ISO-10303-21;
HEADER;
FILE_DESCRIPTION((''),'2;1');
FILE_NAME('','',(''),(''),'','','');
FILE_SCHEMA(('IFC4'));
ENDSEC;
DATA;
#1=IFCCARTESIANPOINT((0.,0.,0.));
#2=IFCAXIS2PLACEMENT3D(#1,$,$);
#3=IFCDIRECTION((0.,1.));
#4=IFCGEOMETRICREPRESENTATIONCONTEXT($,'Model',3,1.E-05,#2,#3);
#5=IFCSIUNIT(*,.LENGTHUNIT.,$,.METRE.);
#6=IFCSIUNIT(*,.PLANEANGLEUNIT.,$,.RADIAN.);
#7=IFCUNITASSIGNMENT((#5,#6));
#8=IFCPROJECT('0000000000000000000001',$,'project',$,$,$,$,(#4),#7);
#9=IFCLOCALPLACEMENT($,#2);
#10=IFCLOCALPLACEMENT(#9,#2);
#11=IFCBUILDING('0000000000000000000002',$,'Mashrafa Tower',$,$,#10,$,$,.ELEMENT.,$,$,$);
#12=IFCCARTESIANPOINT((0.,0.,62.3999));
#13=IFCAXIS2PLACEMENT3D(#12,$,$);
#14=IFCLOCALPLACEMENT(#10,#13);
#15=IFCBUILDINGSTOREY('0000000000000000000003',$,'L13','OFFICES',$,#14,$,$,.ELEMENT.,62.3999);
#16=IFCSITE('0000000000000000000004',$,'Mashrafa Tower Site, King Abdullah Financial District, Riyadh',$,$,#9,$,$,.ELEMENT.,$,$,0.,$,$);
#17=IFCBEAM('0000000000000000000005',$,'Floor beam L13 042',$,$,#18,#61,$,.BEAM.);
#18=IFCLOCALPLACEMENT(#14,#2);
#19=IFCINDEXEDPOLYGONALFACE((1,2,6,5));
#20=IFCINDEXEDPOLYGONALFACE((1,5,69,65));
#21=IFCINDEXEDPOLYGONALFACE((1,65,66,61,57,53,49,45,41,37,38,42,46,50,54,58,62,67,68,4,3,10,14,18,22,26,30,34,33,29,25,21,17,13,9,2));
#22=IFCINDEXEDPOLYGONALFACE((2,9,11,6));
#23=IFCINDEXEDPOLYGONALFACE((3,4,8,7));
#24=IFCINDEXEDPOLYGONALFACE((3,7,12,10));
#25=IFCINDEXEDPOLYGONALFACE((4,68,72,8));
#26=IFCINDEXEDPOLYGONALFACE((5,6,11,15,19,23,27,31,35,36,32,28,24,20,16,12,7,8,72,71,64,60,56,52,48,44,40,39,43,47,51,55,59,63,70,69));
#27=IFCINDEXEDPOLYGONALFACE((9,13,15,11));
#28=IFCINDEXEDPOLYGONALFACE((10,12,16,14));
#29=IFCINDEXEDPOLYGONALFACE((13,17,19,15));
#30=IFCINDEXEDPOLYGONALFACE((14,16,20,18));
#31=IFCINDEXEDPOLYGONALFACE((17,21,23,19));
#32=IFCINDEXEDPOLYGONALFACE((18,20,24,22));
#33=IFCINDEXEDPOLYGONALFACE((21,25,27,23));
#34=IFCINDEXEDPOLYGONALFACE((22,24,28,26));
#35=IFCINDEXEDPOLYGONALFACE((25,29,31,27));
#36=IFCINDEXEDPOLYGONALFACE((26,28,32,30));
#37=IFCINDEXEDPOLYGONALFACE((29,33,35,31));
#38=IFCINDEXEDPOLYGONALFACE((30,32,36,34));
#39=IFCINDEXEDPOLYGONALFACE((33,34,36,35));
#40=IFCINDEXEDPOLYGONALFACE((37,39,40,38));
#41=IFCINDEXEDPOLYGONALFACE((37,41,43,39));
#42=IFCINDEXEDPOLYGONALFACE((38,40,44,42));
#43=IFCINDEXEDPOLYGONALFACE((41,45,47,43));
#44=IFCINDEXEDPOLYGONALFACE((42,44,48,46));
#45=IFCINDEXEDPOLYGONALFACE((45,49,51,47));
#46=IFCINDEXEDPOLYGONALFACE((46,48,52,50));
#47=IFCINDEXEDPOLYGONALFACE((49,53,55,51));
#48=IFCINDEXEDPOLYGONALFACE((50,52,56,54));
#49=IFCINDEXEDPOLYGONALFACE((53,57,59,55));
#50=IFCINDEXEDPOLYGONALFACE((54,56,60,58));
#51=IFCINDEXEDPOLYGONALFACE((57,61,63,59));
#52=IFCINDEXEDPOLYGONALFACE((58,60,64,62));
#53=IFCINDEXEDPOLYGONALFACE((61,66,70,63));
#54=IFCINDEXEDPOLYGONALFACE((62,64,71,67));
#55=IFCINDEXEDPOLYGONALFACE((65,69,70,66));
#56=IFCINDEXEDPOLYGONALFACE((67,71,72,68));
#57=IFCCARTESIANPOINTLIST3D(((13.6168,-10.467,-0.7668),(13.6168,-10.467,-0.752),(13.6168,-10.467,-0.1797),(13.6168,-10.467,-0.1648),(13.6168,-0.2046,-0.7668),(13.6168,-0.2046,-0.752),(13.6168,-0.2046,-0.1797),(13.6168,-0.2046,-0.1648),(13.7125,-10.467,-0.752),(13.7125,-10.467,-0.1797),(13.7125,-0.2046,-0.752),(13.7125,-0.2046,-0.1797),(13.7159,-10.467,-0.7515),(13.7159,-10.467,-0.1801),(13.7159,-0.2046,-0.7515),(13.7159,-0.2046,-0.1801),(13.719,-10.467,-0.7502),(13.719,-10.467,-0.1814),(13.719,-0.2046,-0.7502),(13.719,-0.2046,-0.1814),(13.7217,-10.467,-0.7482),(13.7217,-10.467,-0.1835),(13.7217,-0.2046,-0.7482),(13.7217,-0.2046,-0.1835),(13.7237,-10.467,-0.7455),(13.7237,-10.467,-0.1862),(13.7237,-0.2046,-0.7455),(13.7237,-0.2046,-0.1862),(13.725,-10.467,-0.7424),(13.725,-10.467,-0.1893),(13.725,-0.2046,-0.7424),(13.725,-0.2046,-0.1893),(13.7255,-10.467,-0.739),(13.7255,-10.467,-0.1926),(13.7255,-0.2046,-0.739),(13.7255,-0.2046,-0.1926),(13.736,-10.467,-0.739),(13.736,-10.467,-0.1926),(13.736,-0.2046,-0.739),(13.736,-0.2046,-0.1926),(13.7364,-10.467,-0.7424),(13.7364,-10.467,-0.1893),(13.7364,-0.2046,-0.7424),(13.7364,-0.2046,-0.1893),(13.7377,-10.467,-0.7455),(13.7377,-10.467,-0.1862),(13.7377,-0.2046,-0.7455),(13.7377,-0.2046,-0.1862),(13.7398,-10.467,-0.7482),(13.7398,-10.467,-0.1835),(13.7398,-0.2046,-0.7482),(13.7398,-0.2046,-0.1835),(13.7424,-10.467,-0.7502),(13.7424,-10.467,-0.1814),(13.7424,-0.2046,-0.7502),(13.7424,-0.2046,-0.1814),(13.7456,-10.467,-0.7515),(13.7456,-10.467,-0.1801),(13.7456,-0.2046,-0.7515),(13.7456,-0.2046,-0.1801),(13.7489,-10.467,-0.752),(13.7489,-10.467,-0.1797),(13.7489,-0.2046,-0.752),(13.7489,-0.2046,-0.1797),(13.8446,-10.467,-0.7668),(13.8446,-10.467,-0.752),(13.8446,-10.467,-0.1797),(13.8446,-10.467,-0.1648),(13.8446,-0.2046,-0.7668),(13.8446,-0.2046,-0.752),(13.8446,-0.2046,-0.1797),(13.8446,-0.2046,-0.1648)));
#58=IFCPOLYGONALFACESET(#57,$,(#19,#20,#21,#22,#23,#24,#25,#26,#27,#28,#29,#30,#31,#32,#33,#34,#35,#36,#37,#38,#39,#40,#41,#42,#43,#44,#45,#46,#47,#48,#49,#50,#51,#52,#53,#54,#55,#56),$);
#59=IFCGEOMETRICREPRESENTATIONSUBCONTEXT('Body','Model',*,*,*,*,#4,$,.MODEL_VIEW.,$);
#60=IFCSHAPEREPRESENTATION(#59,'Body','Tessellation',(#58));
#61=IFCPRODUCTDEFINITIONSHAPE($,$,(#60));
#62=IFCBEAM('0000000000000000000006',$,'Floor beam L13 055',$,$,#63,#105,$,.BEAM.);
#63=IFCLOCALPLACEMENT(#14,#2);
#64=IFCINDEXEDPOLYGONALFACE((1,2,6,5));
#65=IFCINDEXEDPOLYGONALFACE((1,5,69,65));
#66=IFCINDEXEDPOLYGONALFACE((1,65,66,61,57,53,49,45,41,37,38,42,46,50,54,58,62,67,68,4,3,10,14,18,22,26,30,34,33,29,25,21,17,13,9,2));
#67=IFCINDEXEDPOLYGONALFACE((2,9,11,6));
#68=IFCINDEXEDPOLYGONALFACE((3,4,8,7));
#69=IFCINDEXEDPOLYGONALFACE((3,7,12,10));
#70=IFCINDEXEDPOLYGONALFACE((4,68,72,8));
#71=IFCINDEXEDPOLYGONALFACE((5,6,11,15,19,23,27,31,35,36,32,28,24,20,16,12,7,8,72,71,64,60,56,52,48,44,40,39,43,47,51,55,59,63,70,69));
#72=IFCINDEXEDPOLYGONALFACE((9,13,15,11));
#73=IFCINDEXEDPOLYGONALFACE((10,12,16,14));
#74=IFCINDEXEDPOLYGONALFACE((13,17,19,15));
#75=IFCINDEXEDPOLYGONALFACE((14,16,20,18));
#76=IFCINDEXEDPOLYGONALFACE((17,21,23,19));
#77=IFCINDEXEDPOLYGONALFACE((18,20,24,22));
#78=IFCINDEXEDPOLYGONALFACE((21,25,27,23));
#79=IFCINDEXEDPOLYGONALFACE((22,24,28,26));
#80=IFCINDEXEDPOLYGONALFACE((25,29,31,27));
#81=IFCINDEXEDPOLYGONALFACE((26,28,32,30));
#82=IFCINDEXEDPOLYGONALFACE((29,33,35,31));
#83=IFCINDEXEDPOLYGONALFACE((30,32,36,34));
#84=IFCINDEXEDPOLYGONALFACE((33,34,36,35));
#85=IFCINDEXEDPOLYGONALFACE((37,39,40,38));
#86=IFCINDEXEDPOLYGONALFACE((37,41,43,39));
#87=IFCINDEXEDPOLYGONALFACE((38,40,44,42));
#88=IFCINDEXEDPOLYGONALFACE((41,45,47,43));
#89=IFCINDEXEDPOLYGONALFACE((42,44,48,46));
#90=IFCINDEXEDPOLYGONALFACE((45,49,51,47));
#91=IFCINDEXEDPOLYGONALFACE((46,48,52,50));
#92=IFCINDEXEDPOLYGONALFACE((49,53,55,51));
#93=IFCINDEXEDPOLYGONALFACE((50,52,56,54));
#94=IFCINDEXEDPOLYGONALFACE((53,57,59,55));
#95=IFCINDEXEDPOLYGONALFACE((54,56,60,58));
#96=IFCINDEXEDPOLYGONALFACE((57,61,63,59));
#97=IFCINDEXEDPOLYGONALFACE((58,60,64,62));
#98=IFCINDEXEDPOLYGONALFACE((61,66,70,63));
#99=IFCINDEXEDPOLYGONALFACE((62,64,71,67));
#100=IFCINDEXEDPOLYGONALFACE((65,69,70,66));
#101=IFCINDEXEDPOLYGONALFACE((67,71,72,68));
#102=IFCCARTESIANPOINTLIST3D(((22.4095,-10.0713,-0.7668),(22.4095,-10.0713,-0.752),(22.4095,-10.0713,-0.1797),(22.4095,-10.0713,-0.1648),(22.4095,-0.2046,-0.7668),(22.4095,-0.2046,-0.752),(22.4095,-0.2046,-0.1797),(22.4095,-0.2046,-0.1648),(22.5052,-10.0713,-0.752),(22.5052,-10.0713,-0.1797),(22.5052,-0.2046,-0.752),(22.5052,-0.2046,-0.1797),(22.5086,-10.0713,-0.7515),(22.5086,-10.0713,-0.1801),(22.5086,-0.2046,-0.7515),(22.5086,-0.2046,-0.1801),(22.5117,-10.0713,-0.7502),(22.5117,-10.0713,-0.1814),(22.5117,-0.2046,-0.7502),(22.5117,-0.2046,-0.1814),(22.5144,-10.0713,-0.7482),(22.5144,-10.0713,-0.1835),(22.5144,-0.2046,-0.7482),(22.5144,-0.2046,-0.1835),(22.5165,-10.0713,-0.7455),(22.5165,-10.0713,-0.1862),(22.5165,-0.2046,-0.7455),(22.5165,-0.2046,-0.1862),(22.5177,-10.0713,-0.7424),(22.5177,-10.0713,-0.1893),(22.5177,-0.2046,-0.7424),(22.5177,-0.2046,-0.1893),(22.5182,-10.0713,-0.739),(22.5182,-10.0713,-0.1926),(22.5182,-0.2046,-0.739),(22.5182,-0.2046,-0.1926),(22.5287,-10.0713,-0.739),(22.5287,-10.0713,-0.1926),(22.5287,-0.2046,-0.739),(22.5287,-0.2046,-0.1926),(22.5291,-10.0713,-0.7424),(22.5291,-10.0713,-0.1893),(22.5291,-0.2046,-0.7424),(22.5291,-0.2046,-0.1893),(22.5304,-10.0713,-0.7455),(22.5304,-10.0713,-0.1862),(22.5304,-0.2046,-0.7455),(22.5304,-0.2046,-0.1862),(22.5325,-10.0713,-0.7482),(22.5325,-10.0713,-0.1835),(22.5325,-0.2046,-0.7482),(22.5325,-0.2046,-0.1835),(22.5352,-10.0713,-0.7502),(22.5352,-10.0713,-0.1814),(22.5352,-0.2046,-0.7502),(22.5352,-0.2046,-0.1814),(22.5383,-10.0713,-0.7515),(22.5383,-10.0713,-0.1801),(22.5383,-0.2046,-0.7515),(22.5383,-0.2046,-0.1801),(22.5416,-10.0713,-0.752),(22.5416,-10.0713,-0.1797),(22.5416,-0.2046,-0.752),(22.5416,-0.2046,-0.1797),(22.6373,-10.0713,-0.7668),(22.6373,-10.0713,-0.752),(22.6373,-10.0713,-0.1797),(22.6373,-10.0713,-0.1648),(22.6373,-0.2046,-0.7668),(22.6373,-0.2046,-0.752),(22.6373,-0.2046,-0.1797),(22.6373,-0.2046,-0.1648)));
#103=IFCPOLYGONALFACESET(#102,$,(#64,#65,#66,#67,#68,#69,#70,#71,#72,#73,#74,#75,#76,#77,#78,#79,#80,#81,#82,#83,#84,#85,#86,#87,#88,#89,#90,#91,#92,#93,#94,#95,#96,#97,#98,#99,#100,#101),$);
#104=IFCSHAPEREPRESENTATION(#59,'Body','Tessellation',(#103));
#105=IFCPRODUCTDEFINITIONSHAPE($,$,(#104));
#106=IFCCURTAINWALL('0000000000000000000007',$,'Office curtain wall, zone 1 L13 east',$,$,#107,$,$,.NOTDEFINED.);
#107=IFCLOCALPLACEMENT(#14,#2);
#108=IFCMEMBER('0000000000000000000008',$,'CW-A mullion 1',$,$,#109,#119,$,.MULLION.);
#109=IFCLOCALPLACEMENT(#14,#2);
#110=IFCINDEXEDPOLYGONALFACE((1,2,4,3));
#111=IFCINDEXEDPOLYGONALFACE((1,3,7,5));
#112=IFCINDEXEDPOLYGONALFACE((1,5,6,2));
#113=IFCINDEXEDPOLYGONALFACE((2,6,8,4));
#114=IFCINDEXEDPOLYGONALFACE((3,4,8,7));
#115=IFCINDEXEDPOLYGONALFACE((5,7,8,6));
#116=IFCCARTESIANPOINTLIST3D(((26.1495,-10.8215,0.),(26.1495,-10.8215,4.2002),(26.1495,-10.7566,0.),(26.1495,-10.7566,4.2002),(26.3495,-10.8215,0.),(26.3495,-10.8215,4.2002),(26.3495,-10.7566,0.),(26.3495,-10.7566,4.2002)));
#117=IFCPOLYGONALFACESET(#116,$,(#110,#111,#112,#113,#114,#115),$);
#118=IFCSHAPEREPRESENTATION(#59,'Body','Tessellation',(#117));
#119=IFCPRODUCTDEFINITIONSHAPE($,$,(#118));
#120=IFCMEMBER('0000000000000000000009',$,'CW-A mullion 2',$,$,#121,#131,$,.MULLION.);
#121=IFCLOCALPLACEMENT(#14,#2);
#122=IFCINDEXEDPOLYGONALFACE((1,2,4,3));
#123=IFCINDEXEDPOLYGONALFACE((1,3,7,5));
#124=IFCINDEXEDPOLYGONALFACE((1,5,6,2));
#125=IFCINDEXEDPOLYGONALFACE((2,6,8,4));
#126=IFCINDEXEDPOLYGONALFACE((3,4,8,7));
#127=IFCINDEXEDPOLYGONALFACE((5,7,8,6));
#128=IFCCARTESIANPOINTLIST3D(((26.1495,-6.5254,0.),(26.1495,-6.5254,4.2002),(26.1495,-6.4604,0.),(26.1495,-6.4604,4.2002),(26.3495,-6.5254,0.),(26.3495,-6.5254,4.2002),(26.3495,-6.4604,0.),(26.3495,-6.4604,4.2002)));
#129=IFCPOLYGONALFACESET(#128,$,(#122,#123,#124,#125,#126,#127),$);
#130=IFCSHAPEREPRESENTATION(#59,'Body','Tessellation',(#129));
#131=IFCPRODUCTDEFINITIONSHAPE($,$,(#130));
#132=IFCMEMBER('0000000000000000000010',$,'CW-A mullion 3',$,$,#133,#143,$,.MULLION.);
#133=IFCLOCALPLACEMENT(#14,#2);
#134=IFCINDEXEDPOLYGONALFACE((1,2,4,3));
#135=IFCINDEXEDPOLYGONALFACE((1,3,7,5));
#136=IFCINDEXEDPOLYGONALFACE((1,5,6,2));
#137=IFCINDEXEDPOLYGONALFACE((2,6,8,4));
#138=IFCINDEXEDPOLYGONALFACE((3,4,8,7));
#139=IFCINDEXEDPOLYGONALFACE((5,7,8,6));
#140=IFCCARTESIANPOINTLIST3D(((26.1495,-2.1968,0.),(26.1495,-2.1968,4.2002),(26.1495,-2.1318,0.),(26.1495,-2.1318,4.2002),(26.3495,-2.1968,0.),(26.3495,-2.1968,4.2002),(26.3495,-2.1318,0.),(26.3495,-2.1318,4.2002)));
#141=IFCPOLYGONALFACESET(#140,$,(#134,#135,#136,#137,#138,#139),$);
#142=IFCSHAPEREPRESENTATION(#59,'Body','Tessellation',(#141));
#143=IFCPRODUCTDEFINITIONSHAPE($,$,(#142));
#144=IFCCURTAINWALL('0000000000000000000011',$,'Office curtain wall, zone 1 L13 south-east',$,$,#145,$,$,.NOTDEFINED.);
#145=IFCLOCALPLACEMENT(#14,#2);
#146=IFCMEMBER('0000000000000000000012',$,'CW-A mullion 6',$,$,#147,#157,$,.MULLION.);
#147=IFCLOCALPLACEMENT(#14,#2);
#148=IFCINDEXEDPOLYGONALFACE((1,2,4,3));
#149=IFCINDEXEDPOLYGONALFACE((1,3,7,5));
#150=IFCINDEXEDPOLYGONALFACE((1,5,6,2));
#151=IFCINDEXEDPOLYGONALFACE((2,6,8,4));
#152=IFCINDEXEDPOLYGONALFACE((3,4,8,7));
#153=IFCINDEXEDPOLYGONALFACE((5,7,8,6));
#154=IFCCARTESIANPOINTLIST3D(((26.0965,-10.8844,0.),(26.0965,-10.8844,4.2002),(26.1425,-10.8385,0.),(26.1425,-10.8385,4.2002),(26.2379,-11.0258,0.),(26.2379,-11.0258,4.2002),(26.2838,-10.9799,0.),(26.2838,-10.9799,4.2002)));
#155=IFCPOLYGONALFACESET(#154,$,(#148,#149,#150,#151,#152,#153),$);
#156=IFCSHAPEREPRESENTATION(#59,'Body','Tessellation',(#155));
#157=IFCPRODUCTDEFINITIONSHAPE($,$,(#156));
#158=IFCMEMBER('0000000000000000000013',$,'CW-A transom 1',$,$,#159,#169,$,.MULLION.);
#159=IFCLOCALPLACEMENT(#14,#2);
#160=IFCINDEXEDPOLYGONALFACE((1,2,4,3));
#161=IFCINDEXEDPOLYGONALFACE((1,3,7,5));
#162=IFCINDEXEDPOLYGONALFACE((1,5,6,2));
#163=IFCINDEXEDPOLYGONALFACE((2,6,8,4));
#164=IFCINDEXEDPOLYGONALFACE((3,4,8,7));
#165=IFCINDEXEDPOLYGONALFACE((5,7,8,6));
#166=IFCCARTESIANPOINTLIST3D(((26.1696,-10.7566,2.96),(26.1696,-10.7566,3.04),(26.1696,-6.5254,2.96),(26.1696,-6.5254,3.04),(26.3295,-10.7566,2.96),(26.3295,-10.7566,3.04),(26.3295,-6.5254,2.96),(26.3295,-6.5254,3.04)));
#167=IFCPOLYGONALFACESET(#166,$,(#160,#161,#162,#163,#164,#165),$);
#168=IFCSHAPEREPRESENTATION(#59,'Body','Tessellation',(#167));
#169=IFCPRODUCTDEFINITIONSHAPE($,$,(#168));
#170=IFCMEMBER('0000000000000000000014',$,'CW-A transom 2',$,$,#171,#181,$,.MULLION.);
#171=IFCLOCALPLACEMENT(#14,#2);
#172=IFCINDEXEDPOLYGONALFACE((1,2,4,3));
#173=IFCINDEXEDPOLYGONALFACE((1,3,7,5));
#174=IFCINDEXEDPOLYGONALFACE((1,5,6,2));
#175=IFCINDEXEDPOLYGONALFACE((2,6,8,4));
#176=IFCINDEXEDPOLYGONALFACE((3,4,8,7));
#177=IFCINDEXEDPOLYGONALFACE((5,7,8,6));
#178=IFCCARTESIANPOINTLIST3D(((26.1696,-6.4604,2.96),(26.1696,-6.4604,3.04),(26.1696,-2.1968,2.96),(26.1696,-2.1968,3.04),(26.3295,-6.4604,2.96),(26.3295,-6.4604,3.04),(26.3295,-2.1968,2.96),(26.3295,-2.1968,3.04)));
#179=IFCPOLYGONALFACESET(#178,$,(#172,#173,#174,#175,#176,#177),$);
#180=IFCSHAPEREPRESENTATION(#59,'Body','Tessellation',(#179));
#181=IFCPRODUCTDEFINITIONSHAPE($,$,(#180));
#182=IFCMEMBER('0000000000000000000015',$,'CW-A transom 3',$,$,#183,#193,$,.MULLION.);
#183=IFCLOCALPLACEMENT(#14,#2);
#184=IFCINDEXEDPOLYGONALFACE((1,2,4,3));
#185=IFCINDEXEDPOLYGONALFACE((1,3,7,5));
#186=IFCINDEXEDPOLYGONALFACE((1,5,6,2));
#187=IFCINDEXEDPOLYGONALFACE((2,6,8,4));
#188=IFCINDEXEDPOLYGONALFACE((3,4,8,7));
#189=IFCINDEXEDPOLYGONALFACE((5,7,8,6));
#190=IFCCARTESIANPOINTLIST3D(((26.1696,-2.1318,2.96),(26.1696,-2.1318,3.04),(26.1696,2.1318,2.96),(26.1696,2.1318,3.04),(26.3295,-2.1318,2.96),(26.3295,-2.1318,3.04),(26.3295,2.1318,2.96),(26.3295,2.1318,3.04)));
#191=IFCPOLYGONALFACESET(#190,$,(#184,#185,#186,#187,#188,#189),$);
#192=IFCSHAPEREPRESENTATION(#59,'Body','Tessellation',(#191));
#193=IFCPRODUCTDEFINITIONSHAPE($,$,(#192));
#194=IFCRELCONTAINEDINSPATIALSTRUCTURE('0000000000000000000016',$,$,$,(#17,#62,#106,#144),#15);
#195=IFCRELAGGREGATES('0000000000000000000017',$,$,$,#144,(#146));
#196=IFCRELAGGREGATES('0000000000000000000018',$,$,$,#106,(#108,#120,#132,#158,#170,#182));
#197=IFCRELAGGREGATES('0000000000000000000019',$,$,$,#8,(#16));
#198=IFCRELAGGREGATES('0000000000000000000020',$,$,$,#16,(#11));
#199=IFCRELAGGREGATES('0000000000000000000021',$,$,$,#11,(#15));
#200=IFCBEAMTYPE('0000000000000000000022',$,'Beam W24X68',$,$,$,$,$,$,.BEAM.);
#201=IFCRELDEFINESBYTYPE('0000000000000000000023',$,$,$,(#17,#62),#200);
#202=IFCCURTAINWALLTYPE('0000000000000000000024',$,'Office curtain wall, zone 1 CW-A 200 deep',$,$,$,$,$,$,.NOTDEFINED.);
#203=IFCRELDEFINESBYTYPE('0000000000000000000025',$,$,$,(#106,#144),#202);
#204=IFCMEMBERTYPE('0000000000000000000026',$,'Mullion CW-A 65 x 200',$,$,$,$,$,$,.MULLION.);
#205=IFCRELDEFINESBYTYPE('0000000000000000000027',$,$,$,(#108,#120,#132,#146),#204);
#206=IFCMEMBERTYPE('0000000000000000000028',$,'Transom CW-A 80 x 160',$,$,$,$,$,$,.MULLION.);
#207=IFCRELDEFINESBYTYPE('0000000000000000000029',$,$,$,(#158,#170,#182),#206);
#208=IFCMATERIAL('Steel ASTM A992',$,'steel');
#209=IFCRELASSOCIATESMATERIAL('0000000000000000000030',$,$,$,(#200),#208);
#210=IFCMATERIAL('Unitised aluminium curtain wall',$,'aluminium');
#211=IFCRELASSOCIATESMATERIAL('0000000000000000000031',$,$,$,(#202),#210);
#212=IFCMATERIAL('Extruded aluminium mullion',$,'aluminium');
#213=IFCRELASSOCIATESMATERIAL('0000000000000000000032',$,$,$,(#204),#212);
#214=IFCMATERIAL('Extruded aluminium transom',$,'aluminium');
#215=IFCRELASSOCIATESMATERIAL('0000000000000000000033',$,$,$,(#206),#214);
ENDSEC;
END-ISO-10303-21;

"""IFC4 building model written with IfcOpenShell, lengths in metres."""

from ifc_helpers import new_model, si_unit, direction, frame, origin, origin_2d, place, context, subcontext, project, spatial, rectangle, i_section, extrude, source, transform, mapped, material, material_profile, profile_set, type_object, type_shapes, element, aggregate, save


model = new_model("IFC4")

# Units and contexts
model_context = context("Model", 3, precision=1e-05, world=origin(), true_north=direction((0.0, 1.0)))
body_context = subcontext(model_context, "Body", "Model", "MODEL_VIEW")
ifc_project = project(units=[si_unit("LENGTHUNIT", "METRE"), si_unit("PLANEANGLEUNIT", "RADIAN")], contexts=[model_context])

# Site, building, storey
site_placement = place(None, origin())
site = spatial("IfcSite", under=ifc_project, at=site_placement, Name="Mashrafa Tower Site, King Abdullah Financial District, Riyadh", CompositionType="ELEMENT", RefElevation=0.0)
building_placement = place(site_placement, origin())
building = spatial("IfcBuilding", under=site, at=building_placement, Name="Mashrafa Tower", CompositionType="ELEMENT")
storey_placement = place(building_placement, frame((0.0, 0.0, 62.3999)))
storey = spatial("IfcBuildingStorey", under=building, at=storey_placement, Name="L13", Description="OFFICES", CompositionType="ELEMENT", Elevation=62.3999)

# Beams
ifc_material_1 = material(Name="Steel ASTM A992", Category="steel")
ifc_material_profile_1 = material_profile(ifc_material_1, i_section(OverallWidth=0.2278, OverallDepth=0.6021, WebThickness=0.0105, FlangeThickness=0.0149, FilletRadius=0.0129, at=origin_2d()), Name="W24X68")
ifc_profile_set_1 = profile_set([ifc_material_profile_1], Name="Steel ASTM A992")
beam_type_1 = type_object("IfcBeamType", Name="Beam W24X68", PredefinedType="BEAM", material=ifc_profile_set_1)
beam_1_placement = place(storey_placement, frame((13.7307, -0.2046, -0.4658), z_axis=(0.0, -1.0, 0.0), x_axis=(1.0, 0.0, 0.0)))
element("IfcBeam", 1, at=beam_1_placement, inside=storey, type_object=beam_type_1, Name="Floor beam L13 042", PredefinedType="BEAM", context=body_context, shape_type="SweptSolid", body=[
    extrude(i_section(OverallWidth=0.2278, OverallDepth=0.6021, WebThickness=0.0105, FlangeThickness=0.0149, FilletRadius=0.0129, at=origin_2d()), origin(), (0.0, 0.0, 1.0), 10.2625),
])
beam_2_placement = place(storey_placement, frame((22.5234, -0.2046, -0.4658), z_axis=(0.0, -1.0, 0.0), x_axis=(1.0, 0.0, 0.0)))
element("IfcBeam", 2, at=beam_2_placement, inside=storey, type_object=beam_type_1, Name="Floor beam L13 055", PredefinedType="BEAM", context=body_context, shape_type="SweptSolid", body=[
    extrude(i_section(OverallWidth=0.2278, OverallDepth=0.6021, WebThickness=0.0105, FlangeThickness=0.0149, FilletRadius=0.0129, at=origin_2d()), origin(), (0.0, 0.0, 1.0), 9.8667),
])

# Curtain wall, members
ifc_material_2 = material(Name="Unitised aluminium curtain wall", Category="aluminium")
curtain_wall_type = type_object("IfcCurtainWallType", Name="Office curtain wall, zone 1 CW-A 200 deep", PredefinedType="NOTDEFINED", material=ifc_material_2)
curtain_wall_1_placement = place(storey_placement, origin())
curtain_wall_1 = element("IfcCurtainWall", 3, at=curtain_wall_1_placement, inside=storey, type_object=curtain_wall_type, Name="Office curtain wall, zone 1 L13 east", PredefinedType="NOTDEFINED")
ifc_material_3 = material(Name="Extruded aluminium mullion", Category="aluminium")
ifc_material_profile_2 = material_profile(ifc_material_3, rectangle(XDim=0.2, YDim=0.0649, at=origin_2d()), Name="Mullion 65x200")
ifc_profile_set_2 = profile_set([ifc_material_profile_2], Name="Extruded aluminium mullion")
member_type_1 = type_object("IfcMemberType", Name="Mullion CW-A 65 x 200", PredefinedType="MULLION", material=ifc_profile_set_2)
shared_shape_1 = source(origin(), body_context, "Body", "SweptSolid", [
    extrude(rectangle(XDim=0.2, YDim=0.0649, at=origin_2d()), origin(), (0.0, 0.0, 1.0), 4.2002),
])
type_shapes(member_type_1, [shared_shape_1])
member_1_placement = place(storey_placement, frame((26.2495, -10.7891, 0.0), z_axis=(0.0, 0.0, 1.0), x_axis=(-1.0, 0.0, 0.0)))
member_1 = element("IfcMember", 4, at=member_1_placement, type_object=member_type_1, Name="CW-A mullion 1", PredefinedType="MULLION", context=body_context, shape_type="MappedRepresentation", body=[
    mapped(shared_shape_1, transform((0.0, 0.0, 0.0))),
])
member_2_placement = place(storey_placement, frame((26.2495, -6.4929, 0.0), z_axis=(0.0, 0.0, 1.0), x_axis=(-1.0, 0.0, 0.0)))
member_2 = element("IfcMember", 5, at=member_2_placement, type_object=member_type_1, Name="CW-A mullion 2", PredefinedType="MULLION", context=body_context, shape_type="MappedRepresentation", body=[
    mapped(shared_shape_1, transform((0.0, 0.0, 0.0))),
])
member_3_placement = place(storey_placement, frame((26.2495, -2.1643, 0.0), z_axis=(0.0, 0.0, 1.0), x_axis=(-1.0, 0.0, 0.0)))
member_3 = element("IfcMember", 6, at=member_3_placement, type_object=member_type_1, Name="CW-A mullion 3", PredefinedType="MULLION", context=body_context, shape_type="MappedRepresentation", body=[
    mapped(shared_shape_1, transform((0.0, 0.0, 0.0))),
])

# Curtain wall, member
curtain_wall_2_placement = place(storey_placement, origin())
curtain_wall_2 = element("IfcCurtainWall", 7, at=curtain_wall_2_placement, inside=storey, type_object=curtain_wall_type, Name="Office curtain wall, zone 1 L13 south-east", PredefinedType="NOTDEFINED")
member_4_placement = place(storey_placement, frame((26.1902, -10.9321, 0.0), z_axis=(0.0, 0.0, 1.0), x_axis=(-0.707107, 0.707107, 0.0)))
member_4 = element("IfcMember", 8, at=member_4_placement, type_object=member_type_1, Name="CW-A mullion 6", PredefinedType="MULLION", context=body_context, shape_type="MappedRepresentation", body=[
    mapped(shared_shape_1, transform((0.0, 0.0, 0.0))),
])

# Members
ifc_material_4 = material(Name="Extruded aluminium transom", Category="aluminium")
ifc_material_profile_3 = material_profile(ifc_material_4, rectangle(XDim=0.1599, YDim=0.0801, at=origin_2d()), Name="Transom 80x160")
ifc_profile_set_3 = profile_set([ifc_material_profile_3], Name="Extruded aluminium transom")
member_type_2 = type_object("IfcMemberType", Name="Transom CW-A 80 x 160", PredefinedType="MULLION", material=ifc_profile_set_3)
shared_shape_2 = source(origin(), body_context, "Body", "SweptSolid", [
    extrude(rectangle(XDim=0.1599, YDim=0.0801, at=origin_2d()), origin(), (0.0, 0.0, 1.0), 4.2312),
])
member_5_placement = place(storey_placement, frame((26.2495, -10.7566, 3.0), z_axis=(0.0, 1.0, 0.0), x_axis=(-1.0, 0.0, 0.0)))
member_5 = element("IfcMember", 9, at=member_5_placement, type_object=member_type_2, Name="CW-A transom 1", PredefinedType="MULLION", context=body_context, shape_type="MappedRepresentation", body=[
    mapped(shared_shape_2, transform((0.0, 0.0, 0.0))),
])
shared_shape_3 = source(origin(), body_context, "Body", "SweptSolid", [
    extrude(rectangle(XDim=0.1599, YDim=0.0801, at=origin_2d()), origin(), (0.0, 0.0, 1.0), 4.2637),
])
type_shapes(member_type_2, [shared_shape_2, shared_shape_3])
member_6_placement = place(storey_placement, frame((26.2495, -6.4604, 3.0), z_axis=(0.0, 1.0, 0.0), x_axis=(-1.0, 0.0, 0.0)))
member_6 = element("IfcMember", 10, at=member_6_placement, type_object=member_type_2, Name="CW-A transom 2", PredefinedType="MULLION", context=body_context, shape_type="MappedRepresentation", body=[
    mapped(shared_shape_3, transform((0.0, 0.0, 0.0))),
])
member_7_placement = place(storey_placement, frame((26.2495, -2.1318, 3.0), z_axis=(0.0, 1.0, 0.0), x_axis=(-1.0, 0.0, 0.0)))
member_7 = element("IfcMember", 11, at=member_7_placement, type_object=member_type_2, Name="CW-A transom 3", PredefinedType="MULLION", context=body_context, shape_type="MappedRepresentation", body=[
    mapped(shared_shape_3, transform((0.0, 0.0, 0.0))),
])

aggregate(curtain_wall_2, [member_4])
aggregate(curtain_wall_1, [member_1, member_2, member_3, member_5, member_6, member_7])

save(model, "model.ifc")
